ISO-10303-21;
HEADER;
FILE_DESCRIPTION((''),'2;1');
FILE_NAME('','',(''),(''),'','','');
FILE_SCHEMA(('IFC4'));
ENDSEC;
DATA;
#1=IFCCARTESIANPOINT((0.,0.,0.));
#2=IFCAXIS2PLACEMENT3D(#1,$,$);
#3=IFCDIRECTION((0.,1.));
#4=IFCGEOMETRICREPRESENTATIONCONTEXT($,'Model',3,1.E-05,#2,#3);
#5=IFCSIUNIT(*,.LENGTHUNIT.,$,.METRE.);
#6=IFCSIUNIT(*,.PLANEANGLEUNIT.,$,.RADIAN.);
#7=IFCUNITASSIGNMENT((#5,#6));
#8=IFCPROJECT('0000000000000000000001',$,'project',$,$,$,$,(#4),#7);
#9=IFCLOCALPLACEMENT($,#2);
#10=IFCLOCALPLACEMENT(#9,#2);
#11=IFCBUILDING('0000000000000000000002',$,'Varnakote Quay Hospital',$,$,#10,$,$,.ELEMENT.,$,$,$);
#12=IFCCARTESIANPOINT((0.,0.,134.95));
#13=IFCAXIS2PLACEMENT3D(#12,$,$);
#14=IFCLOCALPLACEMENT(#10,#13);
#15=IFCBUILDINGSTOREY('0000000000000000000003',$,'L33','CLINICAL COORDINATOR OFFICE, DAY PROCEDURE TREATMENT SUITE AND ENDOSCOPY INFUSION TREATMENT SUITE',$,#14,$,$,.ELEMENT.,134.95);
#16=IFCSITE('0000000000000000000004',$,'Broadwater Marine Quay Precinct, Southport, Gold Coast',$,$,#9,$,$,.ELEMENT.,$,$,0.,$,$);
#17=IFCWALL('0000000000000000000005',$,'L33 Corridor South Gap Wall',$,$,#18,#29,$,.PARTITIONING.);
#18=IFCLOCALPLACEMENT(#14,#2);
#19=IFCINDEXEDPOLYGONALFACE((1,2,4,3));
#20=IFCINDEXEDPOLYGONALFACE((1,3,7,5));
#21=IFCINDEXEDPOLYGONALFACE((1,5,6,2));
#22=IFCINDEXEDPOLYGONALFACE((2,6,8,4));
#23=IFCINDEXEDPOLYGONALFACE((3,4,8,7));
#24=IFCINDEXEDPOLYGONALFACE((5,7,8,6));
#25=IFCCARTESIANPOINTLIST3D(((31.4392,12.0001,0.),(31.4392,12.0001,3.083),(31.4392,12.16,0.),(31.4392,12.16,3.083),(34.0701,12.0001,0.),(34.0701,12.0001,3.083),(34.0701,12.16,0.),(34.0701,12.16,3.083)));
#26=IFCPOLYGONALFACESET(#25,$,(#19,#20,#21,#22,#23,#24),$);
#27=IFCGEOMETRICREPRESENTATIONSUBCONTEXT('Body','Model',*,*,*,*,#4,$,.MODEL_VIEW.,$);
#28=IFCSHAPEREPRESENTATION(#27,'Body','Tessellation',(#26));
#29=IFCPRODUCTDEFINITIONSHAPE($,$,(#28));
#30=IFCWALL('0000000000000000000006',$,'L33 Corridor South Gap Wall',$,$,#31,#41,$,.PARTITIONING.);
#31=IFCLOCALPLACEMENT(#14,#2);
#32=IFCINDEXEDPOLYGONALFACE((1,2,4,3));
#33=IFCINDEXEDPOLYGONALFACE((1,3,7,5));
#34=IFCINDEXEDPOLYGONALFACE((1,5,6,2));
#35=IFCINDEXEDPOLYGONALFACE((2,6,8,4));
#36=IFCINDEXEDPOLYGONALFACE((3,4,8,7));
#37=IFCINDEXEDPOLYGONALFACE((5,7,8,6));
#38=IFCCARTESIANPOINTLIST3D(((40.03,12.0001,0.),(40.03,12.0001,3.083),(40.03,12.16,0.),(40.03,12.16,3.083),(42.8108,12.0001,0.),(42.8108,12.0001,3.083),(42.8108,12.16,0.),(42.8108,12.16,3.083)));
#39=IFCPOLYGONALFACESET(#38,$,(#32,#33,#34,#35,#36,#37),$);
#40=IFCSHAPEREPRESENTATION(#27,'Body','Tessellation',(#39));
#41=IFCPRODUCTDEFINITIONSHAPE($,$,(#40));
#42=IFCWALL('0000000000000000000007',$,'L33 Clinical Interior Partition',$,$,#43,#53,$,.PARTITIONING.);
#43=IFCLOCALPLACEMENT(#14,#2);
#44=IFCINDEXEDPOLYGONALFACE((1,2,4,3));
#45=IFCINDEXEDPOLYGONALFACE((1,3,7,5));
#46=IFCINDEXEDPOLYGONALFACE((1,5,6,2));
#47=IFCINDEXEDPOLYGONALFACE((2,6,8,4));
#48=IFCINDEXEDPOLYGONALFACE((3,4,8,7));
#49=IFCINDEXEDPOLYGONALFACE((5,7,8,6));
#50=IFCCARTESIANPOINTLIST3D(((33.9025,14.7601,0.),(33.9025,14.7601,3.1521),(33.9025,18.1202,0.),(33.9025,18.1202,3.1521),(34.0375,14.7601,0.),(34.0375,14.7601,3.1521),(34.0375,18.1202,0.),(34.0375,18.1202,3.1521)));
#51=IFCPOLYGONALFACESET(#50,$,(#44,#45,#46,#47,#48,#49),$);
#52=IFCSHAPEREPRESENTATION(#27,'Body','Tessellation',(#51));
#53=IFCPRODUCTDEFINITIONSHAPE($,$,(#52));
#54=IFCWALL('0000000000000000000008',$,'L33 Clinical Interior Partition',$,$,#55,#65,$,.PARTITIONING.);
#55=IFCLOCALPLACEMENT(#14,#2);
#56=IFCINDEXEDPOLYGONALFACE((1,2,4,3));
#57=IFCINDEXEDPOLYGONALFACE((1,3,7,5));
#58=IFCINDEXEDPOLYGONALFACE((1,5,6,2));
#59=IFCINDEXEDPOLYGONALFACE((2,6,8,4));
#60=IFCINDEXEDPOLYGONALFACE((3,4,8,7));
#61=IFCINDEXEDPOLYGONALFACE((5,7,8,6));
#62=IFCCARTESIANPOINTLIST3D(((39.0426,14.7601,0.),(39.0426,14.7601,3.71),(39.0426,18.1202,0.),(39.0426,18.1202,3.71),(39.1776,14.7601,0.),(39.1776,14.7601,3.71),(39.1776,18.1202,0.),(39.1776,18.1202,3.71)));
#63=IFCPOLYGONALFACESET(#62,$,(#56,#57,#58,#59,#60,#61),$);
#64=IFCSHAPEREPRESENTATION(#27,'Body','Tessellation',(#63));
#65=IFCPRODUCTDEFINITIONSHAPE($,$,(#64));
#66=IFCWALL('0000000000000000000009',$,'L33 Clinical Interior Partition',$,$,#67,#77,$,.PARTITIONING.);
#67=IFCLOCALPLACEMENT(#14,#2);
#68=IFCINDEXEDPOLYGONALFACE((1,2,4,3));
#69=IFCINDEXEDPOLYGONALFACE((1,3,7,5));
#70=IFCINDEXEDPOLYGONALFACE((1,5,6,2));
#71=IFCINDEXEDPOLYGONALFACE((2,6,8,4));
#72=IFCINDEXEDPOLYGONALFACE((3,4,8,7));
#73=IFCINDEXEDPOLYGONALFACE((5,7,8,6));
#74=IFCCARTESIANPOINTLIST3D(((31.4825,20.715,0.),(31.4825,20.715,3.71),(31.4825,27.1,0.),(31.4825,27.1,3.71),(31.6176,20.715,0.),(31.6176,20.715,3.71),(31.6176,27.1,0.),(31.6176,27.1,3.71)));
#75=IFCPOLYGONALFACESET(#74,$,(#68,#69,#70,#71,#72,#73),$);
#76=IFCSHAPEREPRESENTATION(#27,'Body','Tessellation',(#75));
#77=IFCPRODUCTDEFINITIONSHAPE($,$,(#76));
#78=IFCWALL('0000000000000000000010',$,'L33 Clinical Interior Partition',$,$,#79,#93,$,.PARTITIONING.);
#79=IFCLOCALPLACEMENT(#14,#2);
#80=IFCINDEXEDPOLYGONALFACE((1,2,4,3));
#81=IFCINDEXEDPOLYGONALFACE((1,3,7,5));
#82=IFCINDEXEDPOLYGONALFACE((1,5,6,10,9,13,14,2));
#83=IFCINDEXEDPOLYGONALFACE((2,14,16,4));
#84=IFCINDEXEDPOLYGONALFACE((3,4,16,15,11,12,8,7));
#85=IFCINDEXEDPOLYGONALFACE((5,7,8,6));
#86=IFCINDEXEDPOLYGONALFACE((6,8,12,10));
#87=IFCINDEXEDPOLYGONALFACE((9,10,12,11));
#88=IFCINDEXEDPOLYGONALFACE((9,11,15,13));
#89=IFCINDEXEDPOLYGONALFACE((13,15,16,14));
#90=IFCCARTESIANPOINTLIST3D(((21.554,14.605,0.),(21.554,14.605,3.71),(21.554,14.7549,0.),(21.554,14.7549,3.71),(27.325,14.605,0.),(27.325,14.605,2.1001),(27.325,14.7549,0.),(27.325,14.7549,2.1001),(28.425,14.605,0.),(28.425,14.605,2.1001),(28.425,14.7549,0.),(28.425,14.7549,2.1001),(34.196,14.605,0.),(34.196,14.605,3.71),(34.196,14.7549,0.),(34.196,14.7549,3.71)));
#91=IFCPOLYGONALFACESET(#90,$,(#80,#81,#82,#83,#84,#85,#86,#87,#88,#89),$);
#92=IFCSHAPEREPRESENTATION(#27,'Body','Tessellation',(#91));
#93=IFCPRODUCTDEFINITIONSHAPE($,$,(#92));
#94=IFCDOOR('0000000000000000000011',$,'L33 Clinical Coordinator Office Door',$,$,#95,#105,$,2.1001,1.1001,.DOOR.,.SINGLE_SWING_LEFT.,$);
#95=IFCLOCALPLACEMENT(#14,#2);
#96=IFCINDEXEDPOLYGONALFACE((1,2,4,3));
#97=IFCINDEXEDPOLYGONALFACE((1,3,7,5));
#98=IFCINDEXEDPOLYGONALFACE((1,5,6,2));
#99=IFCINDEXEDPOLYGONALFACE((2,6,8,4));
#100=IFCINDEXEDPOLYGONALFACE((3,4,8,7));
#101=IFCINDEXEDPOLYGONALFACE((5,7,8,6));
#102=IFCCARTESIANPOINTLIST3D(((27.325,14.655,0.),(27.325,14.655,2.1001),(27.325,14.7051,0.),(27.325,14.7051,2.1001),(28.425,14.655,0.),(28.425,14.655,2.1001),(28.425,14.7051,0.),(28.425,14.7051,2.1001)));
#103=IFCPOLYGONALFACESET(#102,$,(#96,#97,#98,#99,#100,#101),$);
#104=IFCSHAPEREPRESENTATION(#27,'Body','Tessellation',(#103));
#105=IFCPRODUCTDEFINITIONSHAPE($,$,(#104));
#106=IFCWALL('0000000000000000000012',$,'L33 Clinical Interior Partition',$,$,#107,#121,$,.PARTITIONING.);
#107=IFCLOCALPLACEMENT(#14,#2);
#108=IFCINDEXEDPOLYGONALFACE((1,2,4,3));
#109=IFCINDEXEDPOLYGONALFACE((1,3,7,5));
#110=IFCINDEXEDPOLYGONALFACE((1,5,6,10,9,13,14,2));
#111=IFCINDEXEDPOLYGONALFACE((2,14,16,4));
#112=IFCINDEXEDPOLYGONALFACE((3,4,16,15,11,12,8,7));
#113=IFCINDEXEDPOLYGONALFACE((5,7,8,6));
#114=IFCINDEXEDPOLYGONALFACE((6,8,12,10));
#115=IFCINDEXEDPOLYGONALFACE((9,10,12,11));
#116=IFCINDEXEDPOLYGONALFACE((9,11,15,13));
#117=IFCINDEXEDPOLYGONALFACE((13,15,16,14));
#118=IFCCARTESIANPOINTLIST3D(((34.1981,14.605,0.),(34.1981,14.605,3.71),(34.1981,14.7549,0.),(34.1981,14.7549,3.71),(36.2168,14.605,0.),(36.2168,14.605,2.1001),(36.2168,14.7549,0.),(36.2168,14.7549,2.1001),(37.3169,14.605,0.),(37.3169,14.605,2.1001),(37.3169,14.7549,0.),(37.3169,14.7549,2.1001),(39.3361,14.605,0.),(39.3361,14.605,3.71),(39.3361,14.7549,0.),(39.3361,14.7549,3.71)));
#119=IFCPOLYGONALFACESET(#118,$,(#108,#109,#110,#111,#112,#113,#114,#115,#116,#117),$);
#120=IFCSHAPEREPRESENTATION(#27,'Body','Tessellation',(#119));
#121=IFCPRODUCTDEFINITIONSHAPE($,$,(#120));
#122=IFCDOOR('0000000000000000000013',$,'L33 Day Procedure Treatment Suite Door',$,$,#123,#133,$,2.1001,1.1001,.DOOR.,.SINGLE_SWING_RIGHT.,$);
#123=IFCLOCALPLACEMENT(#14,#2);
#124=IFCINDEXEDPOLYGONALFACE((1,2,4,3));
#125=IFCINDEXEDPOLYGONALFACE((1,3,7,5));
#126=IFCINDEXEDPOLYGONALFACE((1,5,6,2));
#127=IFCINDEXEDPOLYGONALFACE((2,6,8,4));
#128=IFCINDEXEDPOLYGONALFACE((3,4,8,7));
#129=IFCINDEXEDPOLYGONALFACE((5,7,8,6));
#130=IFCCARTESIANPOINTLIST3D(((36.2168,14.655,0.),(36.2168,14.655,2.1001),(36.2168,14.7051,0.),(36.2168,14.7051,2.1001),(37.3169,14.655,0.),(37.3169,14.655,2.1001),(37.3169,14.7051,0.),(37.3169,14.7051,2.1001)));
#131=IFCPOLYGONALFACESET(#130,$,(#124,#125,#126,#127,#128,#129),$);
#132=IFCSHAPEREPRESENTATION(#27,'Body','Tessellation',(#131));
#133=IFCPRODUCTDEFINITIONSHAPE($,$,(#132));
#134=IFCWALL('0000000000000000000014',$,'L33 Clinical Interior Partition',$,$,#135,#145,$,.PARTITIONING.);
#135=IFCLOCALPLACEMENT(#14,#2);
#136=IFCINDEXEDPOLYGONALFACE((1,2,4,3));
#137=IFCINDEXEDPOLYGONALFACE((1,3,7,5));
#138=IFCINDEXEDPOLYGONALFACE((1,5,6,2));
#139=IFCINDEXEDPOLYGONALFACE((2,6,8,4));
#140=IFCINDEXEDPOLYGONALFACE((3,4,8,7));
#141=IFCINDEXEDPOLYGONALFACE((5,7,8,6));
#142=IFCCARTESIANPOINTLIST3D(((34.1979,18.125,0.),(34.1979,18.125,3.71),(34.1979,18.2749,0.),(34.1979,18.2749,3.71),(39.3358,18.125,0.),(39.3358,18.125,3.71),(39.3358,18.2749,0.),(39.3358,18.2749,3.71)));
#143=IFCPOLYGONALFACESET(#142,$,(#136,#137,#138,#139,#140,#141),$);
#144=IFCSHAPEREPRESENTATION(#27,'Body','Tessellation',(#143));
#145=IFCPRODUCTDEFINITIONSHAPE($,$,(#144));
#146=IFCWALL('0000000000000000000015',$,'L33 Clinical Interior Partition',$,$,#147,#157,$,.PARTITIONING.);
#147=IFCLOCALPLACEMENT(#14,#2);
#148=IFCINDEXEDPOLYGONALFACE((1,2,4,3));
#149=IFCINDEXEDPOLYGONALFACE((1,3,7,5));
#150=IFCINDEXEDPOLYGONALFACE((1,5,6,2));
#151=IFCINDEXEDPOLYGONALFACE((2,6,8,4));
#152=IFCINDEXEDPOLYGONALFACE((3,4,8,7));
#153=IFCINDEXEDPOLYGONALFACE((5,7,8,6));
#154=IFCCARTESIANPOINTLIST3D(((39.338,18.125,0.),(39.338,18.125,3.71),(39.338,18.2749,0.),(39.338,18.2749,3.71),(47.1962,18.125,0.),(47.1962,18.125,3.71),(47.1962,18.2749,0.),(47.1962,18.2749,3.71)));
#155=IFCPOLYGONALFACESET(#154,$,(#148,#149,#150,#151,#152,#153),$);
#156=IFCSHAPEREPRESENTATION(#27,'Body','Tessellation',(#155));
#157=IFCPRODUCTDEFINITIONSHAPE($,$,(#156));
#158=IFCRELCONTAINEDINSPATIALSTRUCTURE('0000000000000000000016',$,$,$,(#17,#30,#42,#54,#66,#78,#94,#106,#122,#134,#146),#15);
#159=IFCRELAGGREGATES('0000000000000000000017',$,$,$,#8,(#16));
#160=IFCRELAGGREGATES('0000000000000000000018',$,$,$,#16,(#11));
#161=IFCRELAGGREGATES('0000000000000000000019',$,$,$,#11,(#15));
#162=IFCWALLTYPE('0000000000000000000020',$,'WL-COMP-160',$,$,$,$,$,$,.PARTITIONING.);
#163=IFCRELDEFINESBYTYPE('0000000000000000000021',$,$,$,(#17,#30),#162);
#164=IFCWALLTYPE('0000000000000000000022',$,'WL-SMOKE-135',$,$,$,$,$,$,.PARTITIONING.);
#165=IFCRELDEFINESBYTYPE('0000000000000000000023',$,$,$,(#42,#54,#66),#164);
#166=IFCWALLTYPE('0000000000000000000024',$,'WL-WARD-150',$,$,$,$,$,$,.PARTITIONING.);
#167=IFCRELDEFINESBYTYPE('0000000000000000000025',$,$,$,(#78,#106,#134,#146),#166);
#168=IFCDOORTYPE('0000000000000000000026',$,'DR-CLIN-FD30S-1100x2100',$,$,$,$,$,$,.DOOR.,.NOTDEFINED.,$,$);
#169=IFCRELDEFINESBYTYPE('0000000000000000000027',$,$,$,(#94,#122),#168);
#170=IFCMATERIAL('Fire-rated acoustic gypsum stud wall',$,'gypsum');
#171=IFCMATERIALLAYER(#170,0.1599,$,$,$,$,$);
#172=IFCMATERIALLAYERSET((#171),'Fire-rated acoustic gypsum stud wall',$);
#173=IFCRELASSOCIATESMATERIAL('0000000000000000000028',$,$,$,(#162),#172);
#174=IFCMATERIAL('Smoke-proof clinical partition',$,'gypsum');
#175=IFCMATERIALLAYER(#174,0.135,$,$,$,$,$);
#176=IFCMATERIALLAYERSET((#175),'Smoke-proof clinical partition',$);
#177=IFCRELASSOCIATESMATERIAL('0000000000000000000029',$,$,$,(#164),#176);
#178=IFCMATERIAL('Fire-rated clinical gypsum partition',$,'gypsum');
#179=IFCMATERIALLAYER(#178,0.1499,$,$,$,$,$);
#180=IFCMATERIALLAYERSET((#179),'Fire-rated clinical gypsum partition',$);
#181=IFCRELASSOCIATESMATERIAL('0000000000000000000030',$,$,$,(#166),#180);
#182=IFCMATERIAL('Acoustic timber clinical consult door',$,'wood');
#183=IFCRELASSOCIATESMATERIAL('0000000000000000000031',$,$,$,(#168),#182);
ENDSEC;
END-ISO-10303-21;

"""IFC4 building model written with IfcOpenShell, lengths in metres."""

from ifc_helpers import new_model, si_unit, direction, frame, frame_2d, origin, place, context, subcontext, project, spatial, rectangle, extrude, material, layer, layer_set, type_object, element, fill, save


model = new_model("IFC4")

# Units and contexts
model_context = context("Model", 3, precision=1e-05, world=origin(), true_north=direction((0.0, 1.0)))
body_context = subcontext(model_context, "Body", "Model", "MODEL_VIEW")
ifc_project = project(units=[si_unit("LENGTHUNIT", "METRE"), si_unit("PLANEANGLEUNIT", "RADIAN")], contexts=[model_context])

# Site, building, storey
site_placement = place(None, origin())
site = spatial("IfcSite", under=ifc_project, at=site_placement, Name="Broadwater Marine Quay Precinct, Southport, Gold Coast", CompositionType="ELEMENT", RefElevation=0.0)
building_placement = place(site_placement, origin())
building = spatial("IfcBuilding", under=site, at=building_placement, Name="Varnakote Quay Hospital", CompositionType="ELEMENT")
storey_placement = place(building_placement, frame((0.0, 0.0, 134.95)))
storey = spatial("IfcBuildingStorey", under=building, at=storey_placement, Name="L33", Description="CLINICAL COORDINATOR OFFICE, DAY PROCEDURE TREATMENT SUITE AND ENDOSCOPY INFUSION TREATMENT SUITE", CompositionType="ELEMENT", Elevation=134.95)

# Shared definitions
ifc_material_1 = material(Name="Fire-rated acoustic gypsum stud wall", Category="gypsum")
ifc_layer_1 = layer(ifc_material_1, 0.1599)
ifc_layer_set_1 = layer_set([ifc_layer_1], Name="Fire-rated acoustic gypsum stud wall")
wall_type_1 = type_object("IfcWallType", Name="WL-COMP-160", PredefinedType="PARTITIONING", material=ifc_layer_set_1)

# Walls
wall_1_placement = place(storey_placement, frame((31.4392, 12.0801, 0.0), z_axis=(0.0, 0.0, 1.0), x_axis=(1.0, 0.0, 0.0)))
element("IfcWall", 1, at=wall_1_placement, inside=storey, type_object=wall_type_1, Name="L33 Corridor South Gap Wall", PredefinedType="PARTITIONING", context=body_context, shape_type="SweptSolid", body=[
    extrude(rectangle(XDim=2.6309, YDim=0.1599, at=frame_2d((1.3154, 0.0))), origin(), (0.0, 0.0, 1.0), 3.083),
])
wall_2_placement = place(storey_placement, frame((40.03, 12.0801, 0.0), z_axis=(0.0, 0.0, 1.0), x_axis=(1.0, 0.0, 0.0)))
element("IfcWall", 2, at=wall_2_placement, inside=storey, type_object=wall_type_1, Name="L33 Corridor South Gap Wall", PredefinedType="PARTITIONING", context=body_context, shape_type="SweptSolid", body=[
    extrude(rectangle(XDim=2.7808, YDim=0.1599, at=frame_2d((1.3904, 0.0))), origin(), (0.0, 0.0, 1.0), 3.083),
])
ifc_material_2 = material(Name="Smoke-proof clinical partition", Category="gypsum")
ifc_layer_2 = layer(ifc_material_2, 0.135)
ifc_layer_set_2 = layer_set([ifc_layer_2], Name="Smoke-proof clinical partition")
wall_type_2 = type_object("IfcWallType", Name="WL-SMOKE-135", PredefinedType="PARTITIONING", material=ifc_layer_set_2)
wall_3_placement = place(storey_placement, frame((33.97, 14.76, 0.0), z_axis=(0.0, 0.0, 1.0), x_axis=(0.0, 1.0, 0.0)))
element("IfcWall", 3, at=wall_3_placement, inside=storey, type_object=wall_type_2, Name="L33 Clinical Interior Partition", PredefinedType="PARTITIONING", context=body_context, shape_type="SweptSolid", body=[
    extrude(rectangle(XDim=3.3601, YDim=0.135, at=frame_2d((1.6802, 0.0))), origin(), (0.0, 0.0, 1.0), 3.1521),
])
wall_4_placement = place(storey_placement, frame((39.1101, 14.76, 0.0), z_axis=(0.0, 0.0, 1.0), x_axis=(0.0, 1.0, 0.0)))
element("IfcWall", 4, at=wall_4_placement, inside=storey, type_object=wall_type_2, Name="L33 Clinical Interior Partition", PredefinedType="PARTITIONING", context=body_context, shape_type="SweptSolid", body=[
    extrude(rectangle(XDim=3.3601, YDim=0.135, at=frame_2d((1.6802, 0.0))), origin(), (0.0, 0.0, 1.0), 3.71),
])
wall_5_placement = place(storey_placement, frame((31.55, 20.7151, 0.0), z_axis=(0.0, 0.0, 1.0), x_axis=(0.0, 1.0, 0.0)))
element("IfcWall", 5, at=wall_5_placement, inside=storey, type_object=wall_type_2, Name="L33 Clinical Interior Partition", PredefinedType="PARTITIONING", context=body_context, shape_type="SweptSolid", body=[
    extrude(rectangle(XDim=6.385, YDim=0.135, at=frame_2d((3.1924, 0.0))), origin(), (0.0, 0.0, 1.0), 3.71),
])

# Walls, openings, doors
ifc_material_3 = material(Name="Fire-rated clinical gypsum partition", Category="gypsum")
ifc_layer_3 = layer(ifc_material_3, 0.1499)
ifc_layer_set_3 = layer_set([ifc_layer_3], Name="Fire-rated clinical gypsum partition")
wall_type_3 = type_object("IfcWallType", Name="WL-WARD-150", PredefinedType="PARTITIONING", material=ifc_layer_set_3)
wall_6_placement = place(storey_placement, frame((34.196, 14.6799, 0.0), z_axis=(0.0, 0.0, 1.0), x_axis=(-1.0, 0.0, 0.0)))
wall_6 = element("IfcWall", 6, at=wall_6_placement, inside=storey, type_object=wall_type_3, Name="L33 Clinical Interior Partition", PredefinedType="PARTITIONING", context=body_context, shape_type="SweptSolid", body=[
    extrude(rectangle(XDim=12.6421, YDim=0.1499, at=frame_2d((6.321, 0.0))), origin(), (0.0, 0.0, 1.0), 3.71),
])
opening_1_placement = place(wall_6_placement, frame((5.771, 0.0, 0.0)))
opening_1 = element("IfcOpeningElement", 7, at=opening_1_placement, cuts=wall_6, PredefinedType="OPENING", context=body_context, shape_type="SweptSolid", body=[
    extrude(rectangle(XDim=1.1001, YDim=2.1001, at=frame_2d((0.55, 1.05))), frame((0.0, 0.085, 0.0), z_axis=(0.0, -1.0, 0.0), x_axis=(1.0, 0.0, 0.0)), (0.0, 0.0, 1.0), 0.1699),
])
ifc_material_4 = material(Name="Acoustic timber clinical consult door", Category="wood")
door_type_1 = type_object("IfcDoorType", Name="DR-CLIN-FD30S-1100x2100", OperationType="NOTDEFINED", PredefinedType="DOOR", material=ifc_material_4)
door_1_placement = place(opening_1_placement, origin())
door_1 = element("IfcDoor", 8, at=door_1_placement, inside=storey, type_object=door_type_1, Name="L33 Clinical Coordinator Office Door", OperationType="SINGLE_SWING_LEFT", OverallHeight=2.1001, OverallWidth=1.1001, PredefinedType="DOOR", context=body_context, shape_type="SweptSolid", body=[
    extrude(rectangle(XDim=1.1001, YDim=2.1001, at=frame_2d((0.55, 1.05))), frame((0.0, 0.0249, 0.0), z_axis=(0.0, -1.0, 0.0), x_axis=(1.0, 0.0, 0.0)), (0.0, 0.0, 1.0), 0.05),
])
fill(opening_1, door_1)
wall_7_placement = place(storey_placement, frame((39.3359, 14.6799, 0.0), z_axis=(0.0, 0.0, 1.0), x_axis=(-1.0, 0.0, 0.0)))
wall_7 = element("IfcWall", 9, at=wall_7_placement, inside=storey, type_object=wall_type_3, Name="L33 Clinical Interior Partition", PredefinedType="PARTITIONING", context=body_context, shape_type="SweptSolid", body=[
    extrude(rectangle(XDim=5.1379, YDim=0.1499, at=frame_2d((2.5688, 0.0))), origin(), (0.0, 0.0, 1.0), 3.71),
])
opening_2_placement = place(wall_7_placement, frame((2.019, 0.0, 0.0)))
opening_2 = element("IfcOpeningElement", 10, at=opening_2_placement, cuts=wall_7, PredefinedType="OPENING", context=body_context, shape_type="SweptSolid", body=[
    extrude(rectangle(XDim=1.1001, YDim=2.1001, at=frame_2d((0.55, 1.05))), frame((0.0, 0.085, 0.0), z_axis=(0.0, -1.0, 0.0), x_axis=(1.0, 0.0, 0.0)), (0.0, 0.0, 1.0), 0.1699),
])
door_2_placement = place(opening_2_placement, origin())
door_2 = element("IfcDoor", 11, at=door_2_placement, inside=storey, type_object=door_type_1, Name="L33 Day Procedure Treatment Suite Door", OperationType="SINGLE_SWING_RIGHT", OverallHeight=2.1001, OverallWidth=1.1001, PredefinedType="DOOR", context=body_context, shape_type="SweptSolid", body=[
    extrude(rectangle(XDim=1.1001, YDim=2.1001, at=frame_2d((0.55, 1.05))), frame((0.0, 0.0249, 0.0), z_axis=(0.0, -1.0, 0.0), x_axis=(1.0, 0.0, 0.0)), (0.0, 0.0, 1.0), 0.05),
])
fill(opening_2, door_2)

# Walls
wall_8_placement = place(storey_placement, frame((34.198, 18.2, 0.0), z_axis=(0.0, 0.0, 1.0), x_axis=(1.0, 0.0, 0.0)))
element("IfcWall", 12, at=wall_8_placement, inside=storey, type_object=wall_type_3, Name="L33 Clinical Interior Partition", PredefinedType="PARTITIONING", context=body_context, shape_type="SweptSolid", body=[
    extrude(rectangle(XDim=5.1379, YDim=0.1499, at=frame_2d((2.5688, 0.0))), origin(), (0.0, 0.0, 1.0), 3.71),
])
wall_9_placement = place(storey_placement, frame((39.3379, 18.2, 0.0), z_axis=(0.0, 0.0, 1.0), x_axis=(1.0, 0.0, 0.0)))
element("IfcWall", 13, at=wall_9_placement, inside=storey, type_object=wall_type_3, Name="L33 Clinical Interior Partition", PredefinedType="PARTITIONING", context=body_context, shape_type="SweptSolid", body=[
    extrude(rectangle(XDim=7.8582, YDim=0.1499, at=frame_2d((3.9292, 0.0))), origin(), (0.0, 0.0, 1.0), 3.71),
])

save(model, "model.ifc")
